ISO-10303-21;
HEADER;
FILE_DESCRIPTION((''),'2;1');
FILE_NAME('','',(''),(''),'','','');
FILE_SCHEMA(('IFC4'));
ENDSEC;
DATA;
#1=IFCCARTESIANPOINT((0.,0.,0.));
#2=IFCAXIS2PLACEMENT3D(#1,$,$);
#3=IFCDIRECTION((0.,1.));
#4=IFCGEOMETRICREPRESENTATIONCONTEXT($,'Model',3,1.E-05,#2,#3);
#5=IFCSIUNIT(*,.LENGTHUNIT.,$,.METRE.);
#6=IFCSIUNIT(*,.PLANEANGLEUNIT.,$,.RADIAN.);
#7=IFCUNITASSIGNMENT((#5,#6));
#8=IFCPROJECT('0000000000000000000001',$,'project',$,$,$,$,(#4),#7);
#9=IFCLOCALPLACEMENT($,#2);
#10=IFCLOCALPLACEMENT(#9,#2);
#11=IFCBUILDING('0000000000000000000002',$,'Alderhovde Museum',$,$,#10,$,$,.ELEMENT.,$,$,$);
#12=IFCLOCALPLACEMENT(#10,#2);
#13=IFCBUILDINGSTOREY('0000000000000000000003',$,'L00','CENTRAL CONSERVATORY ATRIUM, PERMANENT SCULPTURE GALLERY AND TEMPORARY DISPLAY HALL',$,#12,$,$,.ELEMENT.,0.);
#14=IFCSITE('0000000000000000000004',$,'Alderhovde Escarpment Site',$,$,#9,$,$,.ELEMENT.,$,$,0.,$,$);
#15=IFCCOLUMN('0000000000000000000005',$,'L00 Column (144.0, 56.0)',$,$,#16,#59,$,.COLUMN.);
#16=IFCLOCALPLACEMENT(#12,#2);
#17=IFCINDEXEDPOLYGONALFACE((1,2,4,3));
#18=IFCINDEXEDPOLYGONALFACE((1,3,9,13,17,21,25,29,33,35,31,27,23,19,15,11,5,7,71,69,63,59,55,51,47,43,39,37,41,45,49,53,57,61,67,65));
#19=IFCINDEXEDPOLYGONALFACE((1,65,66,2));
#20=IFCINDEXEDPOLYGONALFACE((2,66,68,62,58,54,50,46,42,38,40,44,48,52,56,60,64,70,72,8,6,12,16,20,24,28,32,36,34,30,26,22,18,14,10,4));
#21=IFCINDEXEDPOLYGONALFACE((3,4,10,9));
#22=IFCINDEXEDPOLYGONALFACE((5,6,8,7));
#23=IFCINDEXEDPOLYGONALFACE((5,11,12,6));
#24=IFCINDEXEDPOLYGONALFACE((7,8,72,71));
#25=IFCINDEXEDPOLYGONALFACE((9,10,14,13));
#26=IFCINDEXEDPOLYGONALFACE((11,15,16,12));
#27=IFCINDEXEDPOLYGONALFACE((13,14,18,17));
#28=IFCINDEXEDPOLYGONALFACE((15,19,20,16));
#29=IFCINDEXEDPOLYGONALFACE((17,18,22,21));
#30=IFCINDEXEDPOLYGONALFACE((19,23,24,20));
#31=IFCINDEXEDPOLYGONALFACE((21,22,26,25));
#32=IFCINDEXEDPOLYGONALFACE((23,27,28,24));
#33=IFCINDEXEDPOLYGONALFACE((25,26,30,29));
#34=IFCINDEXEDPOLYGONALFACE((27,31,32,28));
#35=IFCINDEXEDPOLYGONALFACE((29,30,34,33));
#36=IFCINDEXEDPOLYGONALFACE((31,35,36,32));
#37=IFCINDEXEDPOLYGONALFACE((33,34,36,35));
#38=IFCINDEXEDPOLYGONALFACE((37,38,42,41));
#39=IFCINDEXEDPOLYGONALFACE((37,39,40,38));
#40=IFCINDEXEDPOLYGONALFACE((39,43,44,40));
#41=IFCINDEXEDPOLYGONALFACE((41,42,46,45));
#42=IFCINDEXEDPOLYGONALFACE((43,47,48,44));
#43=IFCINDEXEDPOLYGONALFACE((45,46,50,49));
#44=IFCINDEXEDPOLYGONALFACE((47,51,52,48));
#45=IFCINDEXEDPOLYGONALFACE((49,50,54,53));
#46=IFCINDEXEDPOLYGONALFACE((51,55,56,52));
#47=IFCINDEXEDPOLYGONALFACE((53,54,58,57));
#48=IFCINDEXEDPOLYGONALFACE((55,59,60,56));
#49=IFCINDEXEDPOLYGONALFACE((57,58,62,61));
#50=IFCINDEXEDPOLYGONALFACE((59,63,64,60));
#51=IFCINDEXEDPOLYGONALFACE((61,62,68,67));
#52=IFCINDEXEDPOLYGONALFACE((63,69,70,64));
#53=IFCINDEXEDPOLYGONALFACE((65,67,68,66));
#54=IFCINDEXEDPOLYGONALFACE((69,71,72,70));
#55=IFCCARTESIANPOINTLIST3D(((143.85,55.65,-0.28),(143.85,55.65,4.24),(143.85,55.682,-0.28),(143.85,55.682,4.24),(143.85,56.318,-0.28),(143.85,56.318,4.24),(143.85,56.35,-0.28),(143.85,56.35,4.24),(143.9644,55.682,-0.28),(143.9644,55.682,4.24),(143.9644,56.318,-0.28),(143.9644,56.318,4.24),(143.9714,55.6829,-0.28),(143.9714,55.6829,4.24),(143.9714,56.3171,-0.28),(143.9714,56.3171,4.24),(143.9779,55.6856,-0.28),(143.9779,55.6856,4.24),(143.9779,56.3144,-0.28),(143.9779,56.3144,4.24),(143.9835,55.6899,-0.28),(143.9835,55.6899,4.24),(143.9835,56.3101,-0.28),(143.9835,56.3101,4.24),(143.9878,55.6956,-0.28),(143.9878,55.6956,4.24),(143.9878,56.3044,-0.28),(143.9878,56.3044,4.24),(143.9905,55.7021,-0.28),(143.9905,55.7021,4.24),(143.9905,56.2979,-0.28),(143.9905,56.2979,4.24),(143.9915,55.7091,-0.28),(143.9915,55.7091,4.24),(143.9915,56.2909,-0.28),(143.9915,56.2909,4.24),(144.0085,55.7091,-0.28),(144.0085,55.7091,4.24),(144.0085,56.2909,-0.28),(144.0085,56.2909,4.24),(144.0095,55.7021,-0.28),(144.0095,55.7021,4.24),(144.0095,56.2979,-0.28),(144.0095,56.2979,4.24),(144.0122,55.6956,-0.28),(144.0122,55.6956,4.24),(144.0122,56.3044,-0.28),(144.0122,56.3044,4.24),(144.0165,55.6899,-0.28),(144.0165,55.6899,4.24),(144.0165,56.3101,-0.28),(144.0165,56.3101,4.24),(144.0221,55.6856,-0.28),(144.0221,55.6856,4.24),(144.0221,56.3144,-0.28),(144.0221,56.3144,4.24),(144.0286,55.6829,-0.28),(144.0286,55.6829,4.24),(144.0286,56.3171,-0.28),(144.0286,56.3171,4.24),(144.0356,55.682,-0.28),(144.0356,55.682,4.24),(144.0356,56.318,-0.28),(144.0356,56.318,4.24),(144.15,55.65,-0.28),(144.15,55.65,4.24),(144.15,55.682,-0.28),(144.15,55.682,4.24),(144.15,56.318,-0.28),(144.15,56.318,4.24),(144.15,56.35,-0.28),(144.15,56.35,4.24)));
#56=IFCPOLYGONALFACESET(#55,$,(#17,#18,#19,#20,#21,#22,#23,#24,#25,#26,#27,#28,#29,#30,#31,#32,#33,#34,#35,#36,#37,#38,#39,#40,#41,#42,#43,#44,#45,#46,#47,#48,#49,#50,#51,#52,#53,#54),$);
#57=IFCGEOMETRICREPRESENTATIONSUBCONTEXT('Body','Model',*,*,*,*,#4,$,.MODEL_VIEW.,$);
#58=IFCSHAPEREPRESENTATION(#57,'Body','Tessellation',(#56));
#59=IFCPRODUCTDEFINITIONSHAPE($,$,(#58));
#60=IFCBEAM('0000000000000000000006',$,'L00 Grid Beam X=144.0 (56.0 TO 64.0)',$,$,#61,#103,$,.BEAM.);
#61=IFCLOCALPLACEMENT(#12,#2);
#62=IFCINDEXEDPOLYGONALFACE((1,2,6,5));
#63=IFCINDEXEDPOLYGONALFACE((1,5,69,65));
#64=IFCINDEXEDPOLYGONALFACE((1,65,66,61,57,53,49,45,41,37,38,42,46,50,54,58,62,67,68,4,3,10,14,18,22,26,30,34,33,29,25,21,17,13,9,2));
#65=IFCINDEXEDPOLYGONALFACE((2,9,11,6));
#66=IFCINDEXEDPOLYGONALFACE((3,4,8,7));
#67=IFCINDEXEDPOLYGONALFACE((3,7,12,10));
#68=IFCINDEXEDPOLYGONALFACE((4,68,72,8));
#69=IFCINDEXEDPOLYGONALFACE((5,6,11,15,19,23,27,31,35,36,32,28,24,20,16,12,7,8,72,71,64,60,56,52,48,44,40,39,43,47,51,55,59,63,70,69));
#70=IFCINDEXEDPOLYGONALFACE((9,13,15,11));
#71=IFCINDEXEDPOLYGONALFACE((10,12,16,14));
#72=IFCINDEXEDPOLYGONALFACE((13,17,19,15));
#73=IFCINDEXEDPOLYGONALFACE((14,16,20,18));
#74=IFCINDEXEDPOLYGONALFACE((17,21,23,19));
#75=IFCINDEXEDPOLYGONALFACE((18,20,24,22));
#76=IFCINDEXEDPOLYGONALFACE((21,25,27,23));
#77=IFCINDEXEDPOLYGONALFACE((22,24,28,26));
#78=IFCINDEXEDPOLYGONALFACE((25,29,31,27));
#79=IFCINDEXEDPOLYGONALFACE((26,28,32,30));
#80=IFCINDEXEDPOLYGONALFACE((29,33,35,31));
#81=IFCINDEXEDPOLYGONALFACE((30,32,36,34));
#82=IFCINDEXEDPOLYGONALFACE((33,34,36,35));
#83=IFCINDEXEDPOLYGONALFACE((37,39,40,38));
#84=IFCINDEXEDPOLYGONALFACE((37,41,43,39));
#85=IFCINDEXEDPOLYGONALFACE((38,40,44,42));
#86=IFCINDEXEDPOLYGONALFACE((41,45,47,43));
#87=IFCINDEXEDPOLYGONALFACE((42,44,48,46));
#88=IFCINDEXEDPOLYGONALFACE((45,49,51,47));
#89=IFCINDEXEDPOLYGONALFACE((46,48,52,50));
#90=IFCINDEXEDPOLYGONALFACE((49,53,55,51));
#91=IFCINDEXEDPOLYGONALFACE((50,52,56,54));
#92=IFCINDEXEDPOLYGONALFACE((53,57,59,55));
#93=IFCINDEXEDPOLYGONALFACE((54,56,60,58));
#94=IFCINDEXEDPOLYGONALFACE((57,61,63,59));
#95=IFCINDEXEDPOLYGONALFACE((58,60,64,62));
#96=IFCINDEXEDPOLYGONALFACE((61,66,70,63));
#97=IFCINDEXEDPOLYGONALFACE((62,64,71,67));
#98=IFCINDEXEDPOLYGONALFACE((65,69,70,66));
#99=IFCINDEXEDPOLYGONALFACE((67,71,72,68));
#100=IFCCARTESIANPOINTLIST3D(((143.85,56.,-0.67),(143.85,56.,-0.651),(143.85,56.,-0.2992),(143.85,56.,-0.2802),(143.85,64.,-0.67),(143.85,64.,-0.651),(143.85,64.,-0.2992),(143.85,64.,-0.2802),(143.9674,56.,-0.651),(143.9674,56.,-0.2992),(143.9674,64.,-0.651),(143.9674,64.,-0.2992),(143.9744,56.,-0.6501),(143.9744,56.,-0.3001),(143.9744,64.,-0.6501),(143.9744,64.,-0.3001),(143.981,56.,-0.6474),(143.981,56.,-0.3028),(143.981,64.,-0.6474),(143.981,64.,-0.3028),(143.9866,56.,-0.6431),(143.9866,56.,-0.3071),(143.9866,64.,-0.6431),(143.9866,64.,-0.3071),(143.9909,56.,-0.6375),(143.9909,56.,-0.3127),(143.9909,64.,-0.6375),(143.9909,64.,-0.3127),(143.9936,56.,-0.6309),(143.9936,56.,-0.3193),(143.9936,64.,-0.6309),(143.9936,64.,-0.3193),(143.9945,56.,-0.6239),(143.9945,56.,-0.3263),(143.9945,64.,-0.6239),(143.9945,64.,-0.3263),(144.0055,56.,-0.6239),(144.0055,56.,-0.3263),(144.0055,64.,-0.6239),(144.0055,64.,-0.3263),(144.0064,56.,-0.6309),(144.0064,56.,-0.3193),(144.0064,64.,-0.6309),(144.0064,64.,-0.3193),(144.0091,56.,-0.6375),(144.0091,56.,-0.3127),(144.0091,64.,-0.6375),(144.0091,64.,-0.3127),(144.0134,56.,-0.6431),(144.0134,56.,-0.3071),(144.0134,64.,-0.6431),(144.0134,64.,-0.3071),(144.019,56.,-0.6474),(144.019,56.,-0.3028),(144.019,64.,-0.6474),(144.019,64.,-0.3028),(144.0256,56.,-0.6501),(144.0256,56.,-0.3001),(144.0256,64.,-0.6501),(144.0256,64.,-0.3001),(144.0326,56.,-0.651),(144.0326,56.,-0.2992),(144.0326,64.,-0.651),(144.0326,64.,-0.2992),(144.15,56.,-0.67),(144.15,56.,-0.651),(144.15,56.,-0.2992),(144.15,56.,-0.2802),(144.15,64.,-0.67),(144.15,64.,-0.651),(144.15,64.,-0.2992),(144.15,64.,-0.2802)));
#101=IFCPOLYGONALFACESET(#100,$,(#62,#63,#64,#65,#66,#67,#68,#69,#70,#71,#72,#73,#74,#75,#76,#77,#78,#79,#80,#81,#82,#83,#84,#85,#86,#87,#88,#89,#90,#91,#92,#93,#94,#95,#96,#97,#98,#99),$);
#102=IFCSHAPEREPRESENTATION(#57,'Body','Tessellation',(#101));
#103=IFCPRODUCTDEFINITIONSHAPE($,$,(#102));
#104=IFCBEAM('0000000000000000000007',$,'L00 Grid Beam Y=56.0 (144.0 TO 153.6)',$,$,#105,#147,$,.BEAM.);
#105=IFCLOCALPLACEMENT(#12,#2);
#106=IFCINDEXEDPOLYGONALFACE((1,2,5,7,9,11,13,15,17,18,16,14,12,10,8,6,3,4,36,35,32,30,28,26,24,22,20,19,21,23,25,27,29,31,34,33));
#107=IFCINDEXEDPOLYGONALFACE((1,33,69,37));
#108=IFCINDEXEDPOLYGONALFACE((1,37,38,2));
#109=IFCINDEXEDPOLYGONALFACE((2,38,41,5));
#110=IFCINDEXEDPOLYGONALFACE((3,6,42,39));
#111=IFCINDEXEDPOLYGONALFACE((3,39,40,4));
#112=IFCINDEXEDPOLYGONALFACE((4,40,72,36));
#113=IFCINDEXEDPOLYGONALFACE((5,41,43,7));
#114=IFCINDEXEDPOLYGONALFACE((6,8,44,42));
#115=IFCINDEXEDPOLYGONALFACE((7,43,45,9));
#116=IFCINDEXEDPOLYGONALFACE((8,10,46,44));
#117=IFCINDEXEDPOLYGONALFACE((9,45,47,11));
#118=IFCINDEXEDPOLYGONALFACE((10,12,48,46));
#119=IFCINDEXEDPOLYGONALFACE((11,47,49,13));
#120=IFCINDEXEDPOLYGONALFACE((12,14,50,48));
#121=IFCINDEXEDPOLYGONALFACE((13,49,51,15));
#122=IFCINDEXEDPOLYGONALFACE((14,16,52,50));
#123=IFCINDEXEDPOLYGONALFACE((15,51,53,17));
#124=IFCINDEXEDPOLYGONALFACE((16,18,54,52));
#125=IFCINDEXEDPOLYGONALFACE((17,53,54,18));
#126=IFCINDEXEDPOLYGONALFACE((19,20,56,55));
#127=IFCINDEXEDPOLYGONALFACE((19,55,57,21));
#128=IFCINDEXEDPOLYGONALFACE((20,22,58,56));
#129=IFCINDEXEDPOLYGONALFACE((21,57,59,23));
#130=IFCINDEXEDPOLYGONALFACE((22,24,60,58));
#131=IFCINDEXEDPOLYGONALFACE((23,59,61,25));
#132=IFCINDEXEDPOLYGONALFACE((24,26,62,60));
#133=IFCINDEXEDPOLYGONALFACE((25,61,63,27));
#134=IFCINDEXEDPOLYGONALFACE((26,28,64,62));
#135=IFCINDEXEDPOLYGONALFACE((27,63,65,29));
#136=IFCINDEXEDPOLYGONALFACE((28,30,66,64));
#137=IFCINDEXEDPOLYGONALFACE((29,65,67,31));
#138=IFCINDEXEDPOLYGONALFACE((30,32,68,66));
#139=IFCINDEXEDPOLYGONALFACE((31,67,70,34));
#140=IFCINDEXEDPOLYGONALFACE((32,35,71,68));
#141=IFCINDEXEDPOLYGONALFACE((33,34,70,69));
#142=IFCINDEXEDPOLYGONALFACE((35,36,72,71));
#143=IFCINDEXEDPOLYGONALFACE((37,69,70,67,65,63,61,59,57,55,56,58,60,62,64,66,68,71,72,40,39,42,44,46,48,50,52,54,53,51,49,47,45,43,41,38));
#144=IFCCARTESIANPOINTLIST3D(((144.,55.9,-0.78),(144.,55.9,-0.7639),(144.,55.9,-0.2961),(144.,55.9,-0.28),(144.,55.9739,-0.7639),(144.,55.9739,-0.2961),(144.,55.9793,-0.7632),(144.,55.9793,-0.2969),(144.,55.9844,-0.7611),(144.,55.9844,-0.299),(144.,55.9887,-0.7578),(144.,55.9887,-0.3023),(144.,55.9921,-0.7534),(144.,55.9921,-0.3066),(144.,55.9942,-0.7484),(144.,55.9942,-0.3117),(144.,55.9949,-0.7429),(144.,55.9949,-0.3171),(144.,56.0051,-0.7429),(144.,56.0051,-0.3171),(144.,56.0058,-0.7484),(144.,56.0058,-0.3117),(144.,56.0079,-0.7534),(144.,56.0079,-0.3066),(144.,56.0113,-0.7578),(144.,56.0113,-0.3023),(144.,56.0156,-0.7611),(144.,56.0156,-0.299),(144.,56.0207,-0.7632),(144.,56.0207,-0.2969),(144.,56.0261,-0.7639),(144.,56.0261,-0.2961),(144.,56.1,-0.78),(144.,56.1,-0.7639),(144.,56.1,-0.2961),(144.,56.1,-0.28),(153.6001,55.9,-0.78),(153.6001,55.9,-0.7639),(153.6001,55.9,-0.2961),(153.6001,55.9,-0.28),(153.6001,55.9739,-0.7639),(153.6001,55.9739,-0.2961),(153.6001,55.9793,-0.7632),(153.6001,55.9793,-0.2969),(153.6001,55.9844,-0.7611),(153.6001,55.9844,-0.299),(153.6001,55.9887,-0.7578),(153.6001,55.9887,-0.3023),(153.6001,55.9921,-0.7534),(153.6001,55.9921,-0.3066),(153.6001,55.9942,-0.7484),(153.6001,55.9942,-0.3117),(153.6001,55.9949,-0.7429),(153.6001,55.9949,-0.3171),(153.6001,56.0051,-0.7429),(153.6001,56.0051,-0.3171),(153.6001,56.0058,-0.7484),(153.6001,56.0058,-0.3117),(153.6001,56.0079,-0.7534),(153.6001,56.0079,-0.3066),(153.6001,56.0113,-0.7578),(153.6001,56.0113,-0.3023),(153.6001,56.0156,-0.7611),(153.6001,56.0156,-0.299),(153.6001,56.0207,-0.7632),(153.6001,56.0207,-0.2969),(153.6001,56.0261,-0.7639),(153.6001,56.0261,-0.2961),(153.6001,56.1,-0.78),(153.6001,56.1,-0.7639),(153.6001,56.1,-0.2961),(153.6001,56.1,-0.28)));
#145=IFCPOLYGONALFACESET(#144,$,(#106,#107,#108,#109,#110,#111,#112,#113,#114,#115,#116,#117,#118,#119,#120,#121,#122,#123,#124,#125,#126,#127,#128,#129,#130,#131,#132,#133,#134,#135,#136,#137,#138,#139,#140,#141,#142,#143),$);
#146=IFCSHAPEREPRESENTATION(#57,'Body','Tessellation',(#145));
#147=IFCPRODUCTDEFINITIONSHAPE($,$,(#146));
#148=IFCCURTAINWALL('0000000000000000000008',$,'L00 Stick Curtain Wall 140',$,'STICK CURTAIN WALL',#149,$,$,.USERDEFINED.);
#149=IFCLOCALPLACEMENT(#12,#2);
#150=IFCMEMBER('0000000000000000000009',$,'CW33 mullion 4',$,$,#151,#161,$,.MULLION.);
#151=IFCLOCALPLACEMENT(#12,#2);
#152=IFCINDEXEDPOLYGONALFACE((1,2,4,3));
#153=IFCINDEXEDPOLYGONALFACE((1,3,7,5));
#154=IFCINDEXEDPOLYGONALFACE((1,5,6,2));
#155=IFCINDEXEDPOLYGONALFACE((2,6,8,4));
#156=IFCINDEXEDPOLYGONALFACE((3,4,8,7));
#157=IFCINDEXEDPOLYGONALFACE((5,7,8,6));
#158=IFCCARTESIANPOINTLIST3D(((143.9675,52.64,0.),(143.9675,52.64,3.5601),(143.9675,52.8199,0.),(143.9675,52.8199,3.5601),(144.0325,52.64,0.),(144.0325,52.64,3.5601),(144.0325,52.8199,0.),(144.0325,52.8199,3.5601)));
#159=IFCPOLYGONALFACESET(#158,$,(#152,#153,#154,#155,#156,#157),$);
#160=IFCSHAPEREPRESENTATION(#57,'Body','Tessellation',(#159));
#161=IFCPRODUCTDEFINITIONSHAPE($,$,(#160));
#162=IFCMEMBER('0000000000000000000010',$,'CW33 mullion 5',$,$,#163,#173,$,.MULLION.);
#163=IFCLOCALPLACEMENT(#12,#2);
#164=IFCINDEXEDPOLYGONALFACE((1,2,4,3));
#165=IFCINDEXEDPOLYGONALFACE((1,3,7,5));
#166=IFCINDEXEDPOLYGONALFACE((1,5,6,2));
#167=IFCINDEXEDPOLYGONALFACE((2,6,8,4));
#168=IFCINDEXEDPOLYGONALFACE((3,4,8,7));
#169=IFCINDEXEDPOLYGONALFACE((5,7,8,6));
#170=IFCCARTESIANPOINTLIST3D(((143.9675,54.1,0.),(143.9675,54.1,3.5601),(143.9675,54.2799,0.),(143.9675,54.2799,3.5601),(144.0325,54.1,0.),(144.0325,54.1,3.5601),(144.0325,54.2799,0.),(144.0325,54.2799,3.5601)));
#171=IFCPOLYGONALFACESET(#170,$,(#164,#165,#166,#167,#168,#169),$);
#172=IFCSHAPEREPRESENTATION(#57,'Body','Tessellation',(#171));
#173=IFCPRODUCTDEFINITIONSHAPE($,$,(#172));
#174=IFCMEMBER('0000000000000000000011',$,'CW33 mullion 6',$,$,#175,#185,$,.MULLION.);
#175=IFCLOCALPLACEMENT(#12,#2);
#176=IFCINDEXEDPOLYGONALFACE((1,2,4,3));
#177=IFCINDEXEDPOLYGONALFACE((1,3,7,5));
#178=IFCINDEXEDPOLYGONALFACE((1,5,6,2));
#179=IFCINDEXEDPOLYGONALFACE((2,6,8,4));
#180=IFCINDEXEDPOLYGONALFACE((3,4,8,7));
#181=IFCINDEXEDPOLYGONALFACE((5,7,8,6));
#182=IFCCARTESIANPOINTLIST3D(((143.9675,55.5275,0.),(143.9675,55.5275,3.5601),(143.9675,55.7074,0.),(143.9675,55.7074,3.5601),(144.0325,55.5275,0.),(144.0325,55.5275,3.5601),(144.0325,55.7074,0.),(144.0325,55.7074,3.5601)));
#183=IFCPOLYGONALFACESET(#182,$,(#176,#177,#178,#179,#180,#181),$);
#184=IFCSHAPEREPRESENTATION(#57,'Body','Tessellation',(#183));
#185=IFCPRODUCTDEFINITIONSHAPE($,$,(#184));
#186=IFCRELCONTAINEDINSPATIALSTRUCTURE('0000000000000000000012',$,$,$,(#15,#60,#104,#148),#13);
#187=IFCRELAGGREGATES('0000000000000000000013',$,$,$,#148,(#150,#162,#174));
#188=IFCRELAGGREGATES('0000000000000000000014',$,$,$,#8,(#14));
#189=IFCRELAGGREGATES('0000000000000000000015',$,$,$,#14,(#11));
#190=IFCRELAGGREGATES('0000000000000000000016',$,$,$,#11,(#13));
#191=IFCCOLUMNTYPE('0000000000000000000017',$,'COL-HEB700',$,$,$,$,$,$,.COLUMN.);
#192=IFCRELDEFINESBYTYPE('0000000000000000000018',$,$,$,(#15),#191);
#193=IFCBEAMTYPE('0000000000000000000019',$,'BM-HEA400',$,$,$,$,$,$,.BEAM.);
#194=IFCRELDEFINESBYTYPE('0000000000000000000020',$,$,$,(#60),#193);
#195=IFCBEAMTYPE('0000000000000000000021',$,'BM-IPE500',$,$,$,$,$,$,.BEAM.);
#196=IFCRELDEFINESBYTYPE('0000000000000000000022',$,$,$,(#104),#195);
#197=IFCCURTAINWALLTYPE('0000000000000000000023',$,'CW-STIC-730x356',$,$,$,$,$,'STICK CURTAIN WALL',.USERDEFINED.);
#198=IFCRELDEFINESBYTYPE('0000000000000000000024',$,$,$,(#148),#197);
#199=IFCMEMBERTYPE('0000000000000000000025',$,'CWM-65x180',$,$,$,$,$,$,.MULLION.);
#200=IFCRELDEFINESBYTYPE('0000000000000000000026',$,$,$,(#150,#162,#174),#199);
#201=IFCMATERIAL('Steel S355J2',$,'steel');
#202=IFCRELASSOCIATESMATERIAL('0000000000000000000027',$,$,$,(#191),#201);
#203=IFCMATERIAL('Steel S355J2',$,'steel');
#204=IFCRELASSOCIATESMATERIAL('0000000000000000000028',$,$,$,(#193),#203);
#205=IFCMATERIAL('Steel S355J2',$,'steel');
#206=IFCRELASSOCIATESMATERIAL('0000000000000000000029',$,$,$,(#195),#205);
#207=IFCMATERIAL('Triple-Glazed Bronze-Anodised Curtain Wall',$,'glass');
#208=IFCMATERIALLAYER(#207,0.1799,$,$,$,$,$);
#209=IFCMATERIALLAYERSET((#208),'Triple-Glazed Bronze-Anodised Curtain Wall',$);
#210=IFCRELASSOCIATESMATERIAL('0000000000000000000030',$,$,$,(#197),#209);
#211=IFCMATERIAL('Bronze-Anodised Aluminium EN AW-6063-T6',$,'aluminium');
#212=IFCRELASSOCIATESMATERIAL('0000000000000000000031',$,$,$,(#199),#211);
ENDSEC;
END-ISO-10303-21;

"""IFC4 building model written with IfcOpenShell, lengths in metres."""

from ifc_helpers import new_model, si_unit, direction, frame, origin, origin_2d, place, context, subcontext, project, spatial, rectangle, i_section, extrude, material, layer, layer_set, material_profile, profile_set, type_object, element, aggregate, save


model = new_model("IFC4")

# Units and contexts
model_context = context("Model", 3, precision=1e-05, world=origin(), true_north=direction((0.0, 1.0)))
body_context = subcontext(model_context, "Body", "Model", "MODEL_VIEW")
ifc_project = project(units=[si_unit("LENGTHUNIT", "METRE"), si_unit("PLANEANGLEUNIT", "RADIAN")], contexts=[model_context])

# Site, building, storey
site_placement = place(None, origin())
site = spatial("IfcSite", under=ifc_project, at=site_placement, Name="Alderhovde Escarpment Site", CompositionType="ELEMENT", RefElevation=0.0)
building_placement = place(site_placement, origin())
building = spatial("IfcBuilding", under=site, at=building_placement, Name="Alderhovde Museum", CompositionType="ELEMENT")
storey_placement = place(building_placement, origin())
storey = spatial("IfcBuildingStorey", under=building, at=storey_placement, Name="L00", Description="CENTRAL CONSERVATORY ATRIUM, PERMANENT SCULPTURE GALLERY AND TEMPORARY DISPLAY HALL", CompositionType="ELEMENT", Elevation=0.0)

# Column
ifc_material_1 = material(Name="Steel S355J2", Category="steel")
ifc_material_profile_1 = material_profile(ifc_material_1, i_section(OverallWidth=0.3, OverallDepth=0.7, WebThickness=0.0171, FlangeThickness=0.032, FilletRadius=0.0271, at=origin_2d()), Name="HEB 700")
ifc_profile_set_1 = profile_set([ifc_material_profile_1], Name="Steel S355J2")
column_type = type_object("IfcColumnType", Name="COL-HEB700", PredefinedType="COLUMN", material=ifc_profile_set_1)
column_placement = place(storey_placement, frame((144.0, 56.0, -0.28), z_axis=(0.0, 0.0, 1.0), x_axis=(1.0, 0.0, 0.0)))
element("IfcColumn", 1, at=column_placement, inside=storey, type_object=column_type, Name="L00 Column (144.0, 56.0)", PredefinedType="COLUMN", context=body_context, shape_type="SweptSolid", body=[
    extrude(i_section(OverallWidth=0.3, OverallDepth=0.7, WebThickness=0.0171, FlangeThickness=0.032, FilletRadius=0.0271, at=origin_2d()), origin(), (0.0, 0.0, 1.0), 4.52),
])

# Beams
ifc_material_2 = material(Name="Steel S355J2", Category="steel")
ifc_material_profile_2 = material_profile(ifc_material_2, i_section(OverallWidth=0.3, OverallDepth=0.3899, WebThickness=0.011, FlangeThickness=0.019, FilletRadius=0.0271, at=origin_2d()), Name="HEA 400")
ifc_profile_set_2 = profile_set([ifc_material_profile_2], Name="Steel S355J2")
beam_type_1 = type_object("IfcBeamType", Name="BM-HEA400", PredefinedType="BEAM", material=ifc_profile_set_2)
beam_1_placement = place(storey_placement, frame((144.0, 56.0, -0.4751), z_axis=(0.0, 1.0, 0.0), x_axis=(-1.0, 0.0, 0.0)))
element("IfcBeam", 2, at=beam_1_placement, inside=storey, type_object=beam_type_1, Name="L00 Grid Beam X=144.0 (56.0 TO 64.0)", PredefinedType="BEAM", context=body_context, shape_type="SweptSolid", body=[
    extrude(i_section(OverallWidth=0.3, OverallDepth=0.3899, WebThickness=0.011, FlangeThickness=0.019, FilletRadius=0.0271, at=origin_2d()), origin(), (0.0, 0.0, 1.0), 8.0),
])
ifc_material_3 = material(Name="Steel S355J2", Category="steel")
ifc_material_profile_3 = material_profile(ifc_material_3, i_section(OverallWidth=0.2, OverallDepth=0.5, WebThickness=0.0103, FlangeThickness=0.0161, FilletRadius=0.021, at=origin_2d()), Name="IPE 500")
ifc_profile_set_3 = profile_set([ifc_material_profile_3], Name="Steel S355J2")
beam_type_2 = type_object("IfcBeamType", Name="BM-IPE500", PredefinedType="BEAM", material=ifc_profile_set_3)
beam_2_placement = place(storey_placement, frame((144.0, 56.0, -0.53), z_axis=(1.0, 0.0, 0.0), x_axis=(0.0, 1.0, 0.0)))
element("IfcBeam", 3, at=beam_2_placement, inside=storey, type_object=beam_type_2, Name="L00 Grid Beam Y=56.0 (144.0 TO 153.6)", PredefinedType="BEAM", context=body_context, shape_type="SweptSolid", body=[
    extrude(i_section(OverallWidth=0.2, OverallDepth=0.5, WebThickness=0.0103, FlangeThickness=0.0161, FilletRadius=0.021, at=origin_2d()), origin(), (0.0, 0.0, 1.0), 9.6001),
])

# Curtain wall, members
ifc_material_4 = material(Name="Triple-Glazed Bronze-Anodised Curtain Wall", Category="glass")
ifc_layer_1 = layer(ifc_material_4, 0.1799)
ifc_layer_set_1 = layer_set([ifc_layer_1], Name="Triple-Glazed Bronze-Anodised Curtain Wall")
curtain_wall_type = type_object("IfcCurtainWallType", Name="CW-STIC-730x356", ElementType="STICK CURTAIN WALL", PredefinedType="USERDEFINED", material=ifc_layer_set_1)
curtain_wall_1_placement = place(storey_placement, origin())
curtain_wall_1 = element("IfcCurtainWall", 4, at=curtain_wall_1_placement, inside=storey, type_object=curtain_wall_type, Name="L00 Stick Curtain Wall 140", ObjectType="STICK CURTAIN WALL", PredefinedType="USERDEFINED")
ifc_material_5 = material(Name="Bronze-Anodised Aluminium EN AW-6063-T6", Category="aluminium")
ifc_material_profile_4 = material_profile(ifc_material_5, rectangle(XDim=0.0649, YDim=0.1799, at=origin_2d()), Name="MULLION 65x180")
ifc_profile_set_4 = profile_set([ifc_material_profile_4], Name="Bronze-Anodised Aluminium EN AW-6063-T6")
member_type_1 = type_object("IfcMemberType", Name="CWM-65x180", PredefinedType="MULLION", material=ifc_profile_set_4)
member_1_placement = place(storey_placement, frame((144.0, 52.73, 0.0), z_axis=(0.0, 0.0, 1.0), x_axis=(-1.0, 0.0, 0.0)))
member_1 = element("IfcMember", 5, at=member_1_placement, type_object=member_type_1, Name="CW33 mullion 4", PredefinedType="MULLION", context=body_context, shape_type="SweptSolid", body=[
    extrude(rectangle(XDim=0.0649, YDim=0.1799, at=origin_2d()), origin(), (0.0, 0.0, 1.0), 3.5601),
])
member_2_placement = place(storey_placement, frame((144.0, 54.1899, 0.0), z_axis=(0.0, 0.0, 1.0), x_axis=(-1.0, 0.0, 0.0)))
member_2 = element("IfcMember", 6, at=member_2_placement, type_object=member_type_1, Name="CW33 mullion 5", PredefinedType="MULLION", context=body_context, shape_type="SweptSolid", body=[
    extrude(rectangle(XDim=0.0649, YDim=0.1799, at=origin_2d()), origin(), (0.0, 0.0, 1.0), 3.5601),
])
member_3_placement = place(storey_placement, frame((144.0, 55.6174, 0.0), z_axis=(0.0, 0.0, 1.0), x_axis=(-1.0, 0.0, 0.0)))
member_3 = element("IfcMember", 7, at=member_3_placement, type_object=member_type_1, Name="CW33 mullion 6", PredefinedType="MULLION", context=body_context, shape_type="SweptSolid", body=[
    extrude(rectangle(XDim=0.0649, YDim=0.1799, at=origin_2d()), origin(), (0.0, 0.0, 1.0), 3.5601),
])

aggregate(curtain_wall_1, [member_1, member_2, member_3])

save(model, "model.ifc")
